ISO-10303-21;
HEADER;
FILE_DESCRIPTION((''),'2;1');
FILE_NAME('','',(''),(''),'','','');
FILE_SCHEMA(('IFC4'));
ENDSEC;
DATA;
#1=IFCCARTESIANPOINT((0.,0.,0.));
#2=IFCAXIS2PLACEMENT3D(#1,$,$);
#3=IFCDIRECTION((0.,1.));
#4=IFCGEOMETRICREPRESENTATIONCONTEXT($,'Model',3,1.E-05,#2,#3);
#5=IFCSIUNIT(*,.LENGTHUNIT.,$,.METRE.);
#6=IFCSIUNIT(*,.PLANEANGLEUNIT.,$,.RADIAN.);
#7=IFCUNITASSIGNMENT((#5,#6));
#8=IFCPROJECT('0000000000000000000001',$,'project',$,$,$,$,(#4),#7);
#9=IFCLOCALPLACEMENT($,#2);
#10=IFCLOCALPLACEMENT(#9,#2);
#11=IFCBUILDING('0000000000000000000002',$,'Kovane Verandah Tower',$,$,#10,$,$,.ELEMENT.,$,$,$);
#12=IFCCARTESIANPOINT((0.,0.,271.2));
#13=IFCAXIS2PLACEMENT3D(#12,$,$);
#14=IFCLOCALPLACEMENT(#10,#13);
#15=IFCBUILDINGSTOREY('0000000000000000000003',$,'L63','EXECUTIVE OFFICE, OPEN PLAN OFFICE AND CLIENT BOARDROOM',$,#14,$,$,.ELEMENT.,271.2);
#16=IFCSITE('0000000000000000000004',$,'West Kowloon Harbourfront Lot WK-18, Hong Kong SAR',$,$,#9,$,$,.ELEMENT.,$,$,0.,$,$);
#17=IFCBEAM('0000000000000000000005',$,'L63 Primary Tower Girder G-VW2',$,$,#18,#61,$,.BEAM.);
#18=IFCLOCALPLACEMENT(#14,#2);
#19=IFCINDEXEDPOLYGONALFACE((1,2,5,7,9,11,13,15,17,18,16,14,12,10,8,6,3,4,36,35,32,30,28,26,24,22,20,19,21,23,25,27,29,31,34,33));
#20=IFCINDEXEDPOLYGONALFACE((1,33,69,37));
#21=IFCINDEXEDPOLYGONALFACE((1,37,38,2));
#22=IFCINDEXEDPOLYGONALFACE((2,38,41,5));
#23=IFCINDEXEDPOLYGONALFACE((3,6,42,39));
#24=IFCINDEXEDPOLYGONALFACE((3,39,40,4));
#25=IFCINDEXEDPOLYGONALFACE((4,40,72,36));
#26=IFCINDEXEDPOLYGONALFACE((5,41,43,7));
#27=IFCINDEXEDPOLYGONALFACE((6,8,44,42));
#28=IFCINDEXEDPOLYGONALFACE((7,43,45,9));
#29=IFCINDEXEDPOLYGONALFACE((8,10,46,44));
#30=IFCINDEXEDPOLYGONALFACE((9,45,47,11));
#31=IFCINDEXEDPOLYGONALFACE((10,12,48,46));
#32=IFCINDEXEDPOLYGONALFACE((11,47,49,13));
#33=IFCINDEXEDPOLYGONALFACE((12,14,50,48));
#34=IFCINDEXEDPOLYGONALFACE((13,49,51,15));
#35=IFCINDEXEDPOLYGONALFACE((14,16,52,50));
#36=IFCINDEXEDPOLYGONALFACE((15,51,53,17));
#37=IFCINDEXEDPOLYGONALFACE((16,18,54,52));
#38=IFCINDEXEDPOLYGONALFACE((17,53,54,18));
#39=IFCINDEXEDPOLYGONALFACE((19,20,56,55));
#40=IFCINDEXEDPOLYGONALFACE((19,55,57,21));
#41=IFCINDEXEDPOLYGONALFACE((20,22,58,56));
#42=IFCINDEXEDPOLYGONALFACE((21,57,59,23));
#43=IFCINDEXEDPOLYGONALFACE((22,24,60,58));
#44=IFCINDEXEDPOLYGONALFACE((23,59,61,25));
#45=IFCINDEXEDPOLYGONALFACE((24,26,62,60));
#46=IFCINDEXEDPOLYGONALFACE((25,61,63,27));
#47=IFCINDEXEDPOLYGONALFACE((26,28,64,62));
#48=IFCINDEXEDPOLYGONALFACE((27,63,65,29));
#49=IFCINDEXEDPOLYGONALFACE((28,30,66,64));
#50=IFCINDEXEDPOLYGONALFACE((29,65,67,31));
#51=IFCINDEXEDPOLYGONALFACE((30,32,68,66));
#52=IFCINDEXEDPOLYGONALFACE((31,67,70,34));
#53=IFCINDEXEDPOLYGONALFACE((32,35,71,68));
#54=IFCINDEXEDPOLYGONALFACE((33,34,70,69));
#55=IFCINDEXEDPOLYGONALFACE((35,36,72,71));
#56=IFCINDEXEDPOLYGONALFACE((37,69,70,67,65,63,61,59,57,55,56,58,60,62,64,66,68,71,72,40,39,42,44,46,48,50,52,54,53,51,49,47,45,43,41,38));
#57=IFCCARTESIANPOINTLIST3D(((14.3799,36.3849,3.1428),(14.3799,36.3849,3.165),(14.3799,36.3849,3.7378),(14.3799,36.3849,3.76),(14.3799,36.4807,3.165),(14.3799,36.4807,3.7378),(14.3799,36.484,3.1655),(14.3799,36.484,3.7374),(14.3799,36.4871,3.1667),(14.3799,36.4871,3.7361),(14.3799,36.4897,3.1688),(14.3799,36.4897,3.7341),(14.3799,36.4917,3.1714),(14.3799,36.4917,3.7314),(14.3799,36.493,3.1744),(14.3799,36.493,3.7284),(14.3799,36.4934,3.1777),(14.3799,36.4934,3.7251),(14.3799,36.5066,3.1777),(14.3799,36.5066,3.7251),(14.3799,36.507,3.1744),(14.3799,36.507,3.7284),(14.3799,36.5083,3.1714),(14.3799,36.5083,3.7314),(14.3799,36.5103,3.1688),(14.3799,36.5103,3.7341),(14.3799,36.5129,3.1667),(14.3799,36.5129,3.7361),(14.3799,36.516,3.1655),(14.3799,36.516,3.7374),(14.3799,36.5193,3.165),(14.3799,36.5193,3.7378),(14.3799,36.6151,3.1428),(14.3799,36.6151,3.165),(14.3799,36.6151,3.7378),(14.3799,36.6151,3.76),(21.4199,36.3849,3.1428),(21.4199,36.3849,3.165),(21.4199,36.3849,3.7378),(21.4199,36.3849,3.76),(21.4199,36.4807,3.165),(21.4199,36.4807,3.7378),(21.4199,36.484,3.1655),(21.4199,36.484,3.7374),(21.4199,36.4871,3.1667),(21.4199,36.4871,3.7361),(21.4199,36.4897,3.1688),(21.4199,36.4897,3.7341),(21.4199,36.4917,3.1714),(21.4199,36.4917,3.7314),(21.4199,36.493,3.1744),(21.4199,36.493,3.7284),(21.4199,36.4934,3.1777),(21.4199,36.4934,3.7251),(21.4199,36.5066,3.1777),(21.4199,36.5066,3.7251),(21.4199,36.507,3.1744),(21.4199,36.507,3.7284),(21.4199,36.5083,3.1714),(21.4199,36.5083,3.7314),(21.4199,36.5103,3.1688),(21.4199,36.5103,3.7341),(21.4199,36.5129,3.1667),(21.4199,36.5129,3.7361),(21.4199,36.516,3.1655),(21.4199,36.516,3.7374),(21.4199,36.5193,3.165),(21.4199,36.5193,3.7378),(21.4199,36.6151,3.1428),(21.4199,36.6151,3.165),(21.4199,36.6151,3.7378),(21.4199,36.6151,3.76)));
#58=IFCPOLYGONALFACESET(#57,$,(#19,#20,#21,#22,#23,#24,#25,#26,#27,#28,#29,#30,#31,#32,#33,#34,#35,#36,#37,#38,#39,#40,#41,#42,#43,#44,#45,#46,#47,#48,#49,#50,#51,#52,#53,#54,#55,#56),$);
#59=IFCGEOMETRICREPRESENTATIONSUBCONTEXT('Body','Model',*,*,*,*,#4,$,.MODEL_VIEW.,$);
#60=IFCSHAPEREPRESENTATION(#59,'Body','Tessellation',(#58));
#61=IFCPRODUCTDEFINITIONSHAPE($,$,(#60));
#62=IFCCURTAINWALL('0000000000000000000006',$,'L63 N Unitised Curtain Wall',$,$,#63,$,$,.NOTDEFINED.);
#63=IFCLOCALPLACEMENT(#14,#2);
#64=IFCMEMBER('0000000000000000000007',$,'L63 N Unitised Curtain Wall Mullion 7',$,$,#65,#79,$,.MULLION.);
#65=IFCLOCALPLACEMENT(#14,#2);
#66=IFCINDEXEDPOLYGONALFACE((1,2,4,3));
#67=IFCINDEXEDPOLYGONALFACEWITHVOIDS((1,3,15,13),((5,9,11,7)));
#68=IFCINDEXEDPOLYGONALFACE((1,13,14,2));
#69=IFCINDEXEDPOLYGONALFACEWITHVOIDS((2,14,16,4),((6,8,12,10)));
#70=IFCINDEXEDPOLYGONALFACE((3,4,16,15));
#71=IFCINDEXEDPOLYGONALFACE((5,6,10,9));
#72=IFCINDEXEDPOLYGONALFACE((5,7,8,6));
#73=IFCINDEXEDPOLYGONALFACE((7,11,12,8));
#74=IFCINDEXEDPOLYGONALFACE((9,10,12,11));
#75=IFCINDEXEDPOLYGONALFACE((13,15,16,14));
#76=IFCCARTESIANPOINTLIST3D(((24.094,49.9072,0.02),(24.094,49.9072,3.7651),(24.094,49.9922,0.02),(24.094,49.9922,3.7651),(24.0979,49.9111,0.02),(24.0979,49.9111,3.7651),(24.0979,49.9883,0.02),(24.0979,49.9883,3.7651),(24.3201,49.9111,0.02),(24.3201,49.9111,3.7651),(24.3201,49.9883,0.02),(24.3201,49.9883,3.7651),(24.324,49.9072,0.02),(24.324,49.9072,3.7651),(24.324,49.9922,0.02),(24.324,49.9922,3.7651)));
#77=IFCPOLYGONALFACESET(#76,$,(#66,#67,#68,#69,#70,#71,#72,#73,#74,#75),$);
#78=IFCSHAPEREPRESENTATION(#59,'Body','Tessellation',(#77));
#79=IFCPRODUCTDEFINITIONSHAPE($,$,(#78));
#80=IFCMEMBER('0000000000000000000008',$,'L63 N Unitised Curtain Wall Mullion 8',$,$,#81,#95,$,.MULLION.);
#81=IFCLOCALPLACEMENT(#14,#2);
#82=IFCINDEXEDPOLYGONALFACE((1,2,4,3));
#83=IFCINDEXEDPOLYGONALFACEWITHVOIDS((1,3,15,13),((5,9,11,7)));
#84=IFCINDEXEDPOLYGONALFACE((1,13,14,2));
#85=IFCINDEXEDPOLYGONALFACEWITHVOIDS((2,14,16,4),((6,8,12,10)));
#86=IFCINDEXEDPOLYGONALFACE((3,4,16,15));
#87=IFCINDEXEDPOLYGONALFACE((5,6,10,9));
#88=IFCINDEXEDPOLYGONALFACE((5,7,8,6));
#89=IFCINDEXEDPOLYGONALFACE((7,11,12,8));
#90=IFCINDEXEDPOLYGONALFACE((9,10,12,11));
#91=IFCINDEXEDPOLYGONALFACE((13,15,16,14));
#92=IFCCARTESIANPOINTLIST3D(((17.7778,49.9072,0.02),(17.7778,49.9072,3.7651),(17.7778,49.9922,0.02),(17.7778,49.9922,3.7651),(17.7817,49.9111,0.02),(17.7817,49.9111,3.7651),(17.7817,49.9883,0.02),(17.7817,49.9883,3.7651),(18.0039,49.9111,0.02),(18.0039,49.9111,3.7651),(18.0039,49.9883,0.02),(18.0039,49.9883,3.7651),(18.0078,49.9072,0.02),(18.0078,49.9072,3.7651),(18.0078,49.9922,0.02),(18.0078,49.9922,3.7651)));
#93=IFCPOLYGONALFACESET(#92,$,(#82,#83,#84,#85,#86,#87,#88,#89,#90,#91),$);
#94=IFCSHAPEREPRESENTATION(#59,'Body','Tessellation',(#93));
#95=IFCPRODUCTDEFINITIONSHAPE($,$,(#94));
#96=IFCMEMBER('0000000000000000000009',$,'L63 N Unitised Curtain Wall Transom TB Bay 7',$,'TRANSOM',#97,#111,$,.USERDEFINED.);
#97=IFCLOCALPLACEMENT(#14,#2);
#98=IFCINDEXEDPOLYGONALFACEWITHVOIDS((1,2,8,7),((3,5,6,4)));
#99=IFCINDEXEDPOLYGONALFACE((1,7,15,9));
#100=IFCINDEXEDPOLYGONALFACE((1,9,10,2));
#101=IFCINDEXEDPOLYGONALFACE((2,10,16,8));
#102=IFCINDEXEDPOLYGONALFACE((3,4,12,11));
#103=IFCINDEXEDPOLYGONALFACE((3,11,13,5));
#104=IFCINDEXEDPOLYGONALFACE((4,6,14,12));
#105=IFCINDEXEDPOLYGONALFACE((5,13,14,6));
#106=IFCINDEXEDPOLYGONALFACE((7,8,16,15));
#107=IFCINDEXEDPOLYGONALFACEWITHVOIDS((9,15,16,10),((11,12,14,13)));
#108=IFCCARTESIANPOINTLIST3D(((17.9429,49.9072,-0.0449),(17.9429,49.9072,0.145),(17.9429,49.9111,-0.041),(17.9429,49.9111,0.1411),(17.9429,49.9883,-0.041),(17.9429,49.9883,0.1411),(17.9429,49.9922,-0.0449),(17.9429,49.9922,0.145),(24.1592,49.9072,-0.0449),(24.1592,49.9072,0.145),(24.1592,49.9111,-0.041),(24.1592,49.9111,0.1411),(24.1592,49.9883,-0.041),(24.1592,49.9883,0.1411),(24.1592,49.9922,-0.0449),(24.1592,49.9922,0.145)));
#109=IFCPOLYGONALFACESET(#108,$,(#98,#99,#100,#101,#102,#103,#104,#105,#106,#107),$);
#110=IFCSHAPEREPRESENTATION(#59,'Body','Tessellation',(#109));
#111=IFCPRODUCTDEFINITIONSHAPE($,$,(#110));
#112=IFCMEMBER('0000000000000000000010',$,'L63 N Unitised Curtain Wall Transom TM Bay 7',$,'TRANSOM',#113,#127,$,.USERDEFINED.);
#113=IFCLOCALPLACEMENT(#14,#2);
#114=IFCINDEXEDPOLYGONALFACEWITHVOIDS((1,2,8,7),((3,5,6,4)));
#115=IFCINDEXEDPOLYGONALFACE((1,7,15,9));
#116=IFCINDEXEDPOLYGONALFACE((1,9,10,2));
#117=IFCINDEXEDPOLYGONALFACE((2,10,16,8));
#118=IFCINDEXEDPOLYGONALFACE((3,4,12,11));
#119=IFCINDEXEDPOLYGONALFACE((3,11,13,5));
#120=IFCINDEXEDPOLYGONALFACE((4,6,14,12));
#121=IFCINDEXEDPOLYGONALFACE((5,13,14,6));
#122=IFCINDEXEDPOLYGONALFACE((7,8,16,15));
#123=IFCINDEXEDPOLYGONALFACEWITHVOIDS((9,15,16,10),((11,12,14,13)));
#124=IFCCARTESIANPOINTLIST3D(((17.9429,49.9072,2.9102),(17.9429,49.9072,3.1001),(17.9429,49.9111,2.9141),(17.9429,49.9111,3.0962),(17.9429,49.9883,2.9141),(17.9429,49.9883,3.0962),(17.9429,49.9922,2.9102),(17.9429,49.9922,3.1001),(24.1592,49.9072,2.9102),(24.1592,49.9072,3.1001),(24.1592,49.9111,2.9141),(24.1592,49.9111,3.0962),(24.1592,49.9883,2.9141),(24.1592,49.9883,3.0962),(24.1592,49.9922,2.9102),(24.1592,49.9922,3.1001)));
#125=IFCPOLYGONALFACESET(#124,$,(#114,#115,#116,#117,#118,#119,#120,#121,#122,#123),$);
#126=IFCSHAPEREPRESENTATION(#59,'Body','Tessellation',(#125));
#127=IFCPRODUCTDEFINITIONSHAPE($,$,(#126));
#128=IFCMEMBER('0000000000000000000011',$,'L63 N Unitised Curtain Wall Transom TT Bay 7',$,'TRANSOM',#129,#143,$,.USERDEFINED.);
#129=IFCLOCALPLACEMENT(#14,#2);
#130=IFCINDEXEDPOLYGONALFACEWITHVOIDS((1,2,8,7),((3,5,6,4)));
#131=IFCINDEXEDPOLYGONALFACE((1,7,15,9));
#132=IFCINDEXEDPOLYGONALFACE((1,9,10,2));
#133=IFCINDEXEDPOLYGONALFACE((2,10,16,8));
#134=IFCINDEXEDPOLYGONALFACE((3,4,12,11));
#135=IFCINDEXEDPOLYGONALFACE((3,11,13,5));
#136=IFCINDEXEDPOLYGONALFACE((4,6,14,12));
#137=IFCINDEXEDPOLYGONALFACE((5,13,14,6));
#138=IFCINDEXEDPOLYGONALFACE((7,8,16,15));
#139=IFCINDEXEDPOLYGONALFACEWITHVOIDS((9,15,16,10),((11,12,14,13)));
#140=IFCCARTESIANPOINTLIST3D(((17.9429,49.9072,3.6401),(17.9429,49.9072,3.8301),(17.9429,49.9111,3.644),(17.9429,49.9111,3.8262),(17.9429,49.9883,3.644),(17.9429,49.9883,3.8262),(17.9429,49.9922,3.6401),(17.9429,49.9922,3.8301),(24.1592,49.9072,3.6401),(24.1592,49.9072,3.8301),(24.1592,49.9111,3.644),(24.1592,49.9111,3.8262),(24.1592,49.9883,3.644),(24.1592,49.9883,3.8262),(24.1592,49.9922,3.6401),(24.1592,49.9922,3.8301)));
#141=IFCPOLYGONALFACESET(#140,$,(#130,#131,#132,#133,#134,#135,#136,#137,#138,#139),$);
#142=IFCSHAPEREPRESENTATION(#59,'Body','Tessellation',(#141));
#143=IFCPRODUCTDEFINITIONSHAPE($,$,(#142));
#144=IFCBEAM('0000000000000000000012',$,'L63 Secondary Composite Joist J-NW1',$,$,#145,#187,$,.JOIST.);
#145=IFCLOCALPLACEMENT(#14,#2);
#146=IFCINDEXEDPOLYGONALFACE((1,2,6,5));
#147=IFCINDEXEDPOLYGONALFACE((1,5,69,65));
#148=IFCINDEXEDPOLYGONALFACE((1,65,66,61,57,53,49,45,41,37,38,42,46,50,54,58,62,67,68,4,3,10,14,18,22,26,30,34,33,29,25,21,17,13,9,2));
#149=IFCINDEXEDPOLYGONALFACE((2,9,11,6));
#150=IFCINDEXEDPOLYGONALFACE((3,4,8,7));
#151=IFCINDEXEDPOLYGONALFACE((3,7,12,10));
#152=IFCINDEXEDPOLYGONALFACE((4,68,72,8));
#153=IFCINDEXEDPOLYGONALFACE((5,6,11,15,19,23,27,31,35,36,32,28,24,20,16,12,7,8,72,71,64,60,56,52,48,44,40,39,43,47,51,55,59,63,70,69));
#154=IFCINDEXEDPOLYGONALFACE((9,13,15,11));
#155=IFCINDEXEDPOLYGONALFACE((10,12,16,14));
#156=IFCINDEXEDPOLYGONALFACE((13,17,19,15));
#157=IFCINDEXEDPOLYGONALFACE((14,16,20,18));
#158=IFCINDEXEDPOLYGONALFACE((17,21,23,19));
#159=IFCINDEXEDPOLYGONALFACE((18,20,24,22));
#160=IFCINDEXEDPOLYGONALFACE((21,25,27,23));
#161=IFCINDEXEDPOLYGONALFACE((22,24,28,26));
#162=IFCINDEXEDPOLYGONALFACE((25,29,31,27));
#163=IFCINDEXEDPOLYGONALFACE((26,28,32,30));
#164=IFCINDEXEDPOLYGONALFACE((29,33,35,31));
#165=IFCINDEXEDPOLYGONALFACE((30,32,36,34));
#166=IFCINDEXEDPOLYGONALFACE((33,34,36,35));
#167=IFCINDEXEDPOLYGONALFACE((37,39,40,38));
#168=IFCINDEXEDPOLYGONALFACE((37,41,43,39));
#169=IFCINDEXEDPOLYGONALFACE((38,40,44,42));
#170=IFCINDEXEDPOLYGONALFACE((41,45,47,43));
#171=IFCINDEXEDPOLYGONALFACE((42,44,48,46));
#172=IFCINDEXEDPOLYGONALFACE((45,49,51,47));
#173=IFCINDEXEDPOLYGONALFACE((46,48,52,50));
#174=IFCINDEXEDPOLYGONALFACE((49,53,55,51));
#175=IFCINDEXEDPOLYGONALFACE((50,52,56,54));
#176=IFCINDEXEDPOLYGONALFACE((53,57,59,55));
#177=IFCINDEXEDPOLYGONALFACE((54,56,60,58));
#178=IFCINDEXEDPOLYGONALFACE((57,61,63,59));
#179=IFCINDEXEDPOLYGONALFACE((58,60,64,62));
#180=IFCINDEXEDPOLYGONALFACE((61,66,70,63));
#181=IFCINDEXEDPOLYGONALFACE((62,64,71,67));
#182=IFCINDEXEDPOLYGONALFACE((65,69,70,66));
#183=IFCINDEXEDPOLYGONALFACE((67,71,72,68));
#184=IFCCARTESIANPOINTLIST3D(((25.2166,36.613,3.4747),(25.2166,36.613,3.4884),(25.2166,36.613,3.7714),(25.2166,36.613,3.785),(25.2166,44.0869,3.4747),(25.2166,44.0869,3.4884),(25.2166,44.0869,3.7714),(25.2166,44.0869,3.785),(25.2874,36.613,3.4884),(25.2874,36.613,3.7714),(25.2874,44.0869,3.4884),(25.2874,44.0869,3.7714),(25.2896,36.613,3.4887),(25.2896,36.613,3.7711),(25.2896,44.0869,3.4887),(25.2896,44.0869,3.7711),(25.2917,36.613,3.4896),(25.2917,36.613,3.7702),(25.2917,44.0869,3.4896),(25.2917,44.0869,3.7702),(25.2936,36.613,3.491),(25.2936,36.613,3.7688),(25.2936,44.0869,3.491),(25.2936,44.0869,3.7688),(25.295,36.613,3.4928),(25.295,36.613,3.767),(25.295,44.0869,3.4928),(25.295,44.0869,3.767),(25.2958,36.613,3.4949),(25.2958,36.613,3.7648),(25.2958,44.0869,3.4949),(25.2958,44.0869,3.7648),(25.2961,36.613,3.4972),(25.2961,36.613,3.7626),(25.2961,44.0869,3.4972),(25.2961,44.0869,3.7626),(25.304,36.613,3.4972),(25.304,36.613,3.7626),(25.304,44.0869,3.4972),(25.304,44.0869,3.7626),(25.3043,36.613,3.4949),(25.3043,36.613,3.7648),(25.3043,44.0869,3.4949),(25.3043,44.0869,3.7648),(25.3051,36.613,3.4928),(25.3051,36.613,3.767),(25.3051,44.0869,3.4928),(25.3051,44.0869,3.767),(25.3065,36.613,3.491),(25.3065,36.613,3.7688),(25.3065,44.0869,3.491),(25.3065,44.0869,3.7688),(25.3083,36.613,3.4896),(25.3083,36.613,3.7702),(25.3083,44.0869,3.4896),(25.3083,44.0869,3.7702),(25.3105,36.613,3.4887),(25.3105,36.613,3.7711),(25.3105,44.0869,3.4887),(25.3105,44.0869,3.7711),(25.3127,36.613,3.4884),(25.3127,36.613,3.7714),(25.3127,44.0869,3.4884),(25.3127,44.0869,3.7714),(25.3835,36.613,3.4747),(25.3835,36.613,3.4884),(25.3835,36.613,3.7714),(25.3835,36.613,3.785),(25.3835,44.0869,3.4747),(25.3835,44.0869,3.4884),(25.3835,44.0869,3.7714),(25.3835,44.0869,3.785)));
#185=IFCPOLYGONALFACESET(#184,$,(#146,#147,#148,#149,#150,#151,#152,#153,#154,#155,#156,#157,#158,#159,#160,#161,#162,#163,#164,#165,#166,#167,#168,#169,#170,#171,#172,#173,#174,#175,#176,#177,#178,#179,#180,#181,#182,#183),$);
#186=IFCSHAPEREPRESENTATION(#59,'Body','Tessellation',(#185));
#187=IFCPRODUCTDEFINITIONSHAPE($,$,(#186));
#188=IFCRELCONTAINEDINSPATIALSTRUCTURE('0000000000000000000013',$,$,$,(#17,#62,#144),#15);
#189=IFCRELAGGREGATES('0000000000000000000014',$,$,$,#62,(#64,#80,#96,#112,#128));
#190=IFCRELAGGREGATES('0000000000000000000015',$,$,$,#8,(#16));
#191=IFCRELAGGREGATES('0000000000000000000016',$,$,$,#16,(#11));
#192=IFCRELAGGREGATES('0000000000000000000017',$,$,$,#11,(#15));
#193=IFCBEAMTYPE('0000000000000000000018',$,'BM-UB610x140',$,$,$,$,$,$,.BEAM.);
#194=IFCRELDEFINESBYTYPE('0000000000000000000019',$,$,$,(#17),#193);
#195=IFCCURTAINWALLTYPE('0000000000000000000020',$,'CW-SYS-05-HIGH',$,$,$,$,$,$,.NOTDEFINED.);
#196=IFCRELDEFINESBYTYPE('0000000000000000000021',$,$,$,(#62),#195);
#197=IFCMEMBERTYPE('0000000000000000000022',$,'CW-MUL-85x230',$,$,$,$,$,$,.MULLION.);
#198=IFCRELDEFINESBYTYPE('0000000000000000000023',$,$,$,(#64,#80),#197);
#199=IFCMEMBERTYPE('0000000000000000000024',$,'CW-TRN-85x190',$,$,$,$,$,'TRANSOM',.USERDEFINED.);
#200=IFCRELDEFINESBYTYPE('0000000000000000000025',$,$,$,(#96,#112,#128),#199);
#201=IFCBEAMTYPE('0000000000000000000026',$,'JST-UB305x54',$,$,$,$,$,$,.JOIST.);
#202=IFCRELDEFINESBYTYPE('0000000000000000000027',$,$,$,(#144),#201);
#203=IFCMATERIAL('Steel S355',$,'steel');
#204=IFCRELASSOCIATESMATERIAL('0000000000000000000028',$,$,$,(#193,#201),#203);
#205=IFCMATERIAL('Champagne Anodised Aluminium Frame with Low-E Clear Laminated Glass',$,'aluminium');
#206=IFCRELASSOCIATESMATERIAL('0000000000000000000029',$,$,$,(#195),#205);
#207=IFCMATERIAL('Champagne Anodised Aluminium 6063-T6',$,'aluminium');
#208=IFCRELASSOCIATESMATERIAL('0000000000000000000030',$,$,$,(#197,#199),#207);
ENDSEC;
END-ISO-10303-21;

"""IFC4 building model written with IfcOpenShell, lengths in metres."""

from ifc_helpers import new_model, si_unit, direction, frame, origin, origin_2d, place, context, subcontext, project, spatial, hollow_rectangle, i_section, extrude, material, material_profile, profile_set, type_object, element, aggregate, save


model = new_model("IFC4")

# Units and contexts
model_context = context("Model", 3, precision=1e-05, world=origin(), true_north=direction((0.0, 1.0)))
body_context = subcontext(model_context, "Body", "Model", "MODEL_VIEW")
ifc_project = project(units=[si_unit("LENGTHUNIT", "METRE"), si_unit("PLANEANGLEUNIT", "RADIAN")], contexts=[model_context])

# Site, building, storey
site_placement = place(None, origin())
site = spatial("IfcSite", under=ifc_project, at=site_placement, Name="West Kowloon Harbourfront Lot WK-18, Hong Kong SAR", CompositionType="ELEMENT", RefElevation=0.0)
building_placement = place(site_placement, origin())
building = spatial("IfcBuilding", under=site, at=building_placement, Name="Kovane Verandah Tower", CompositionType="ELEMENT")
storey_placement = place(building_placement, frame((0.0, 0.0, 271.2)))
storey = spatial("IfcBuildingStorey", under=building, at=storey_placement, Name="L63", Description="EXECUTIVE OFFICE, OPEN PLAN OFFICE AND CLIENT BOARDROOM", CompositionType="ELEMENT", Elevation=271.2)

# Beam
ifc_material_1 = material(Name="Steel S355", Category="steel")
ifc_material_profile_1 = material_profile(ifc_material_1, i_section(OverallWidth=0.2302, OverallDepth=0.6172, WebThickness=0.0132, FlangeThickness=0.0222, FilletRadius=0.0127, at=origin_2d()), Name="UB610x229x140")
ifc_profile_set_1 = profile_set([ifc_material_profile_1], Name="Steel S355")
beam_type_1 = type_object("IfcBeamType", Name="BM-UB610x140", PredefinedType="BEAM", material=ifc_profile_set_1)
beam_1_placement = place(storey_placement, frame((21.4199, 36.5, 3.4514), z_axis=(-1.0, 0.0, 0.0), x_axis=(0.0, -1.0, 0.0)))
element("IfcBeam", 1, at=beam_1_placement, inside=storey, type_object=beam_type_1, Name="L63 Primary Tower Girder G-VW2", PredefinedType="BEAM", context=body_context, shape_type="SweptSolid", body=[
    extrude(i_section(OverallWidth=0.2302, OverallDepth=0.6172, WebThickness=0.0132, FlangeThickness=0.0222, FilletRadius=0.0127, at=origin_2d()), origin(), (0.0, 0.0, 1.0), 7.04),
])

# Curtain wall, members
ifc_material_2 = material(Name="Champagne Anodised Aluminium Frame with Low-E Clear Laminated Glass", Category="aluminium")
curtain_wall_type = type_object("IfcCurtainWallType", Name="CW-SYS-05-HIGH", PredefinedType="NOTDEFINED", material=ifc_material_2)
curtain_wall_placement = place(storey_placement, origin())
curtain_wall = element("IfcCurtainWall", 2, at=curtain_wall_placement, inside=storey, type_object=curtain_wall_type, Name="L63 N Unitised Curtain Wall", PredefinedType="NOTDEFINED")
ifc_material_3 = material(Name="Champagne Anodised Aluminium 6063-T6", Category="aluminium")
ifc_material_profile_2 = material_profile(ifc_material_3, hollow_rectangle(XDim=0.085, YDim=0.23, WallThickness=0.0039, at=origin_2d()), Name="AL85x230x4")
ifc_profile_set_2 = profile_set([ifc_material_profile_2], Name="Champagne Anodised Aluminium 6063-T6")
member_type_1 = type_object("IfcMemberType", Name="CW-MUL-85x230", PredefinedType="MULLION", material=ifc_profile_set_2)
member_1_placement = place(storey_placement, frame((24.209, 49.9497, 0.02), z_axis=(0.0, 0.0, 1.0), x_axis=(0.0, 1.0, 0.0)))
member_1 = element("IfcMember", 3, at=member_1_placement, type_object=member_type_1, Name="L63 N Unitised Curtain Wall Mullion 7", PredefinedType="MULLION", context=body_context, shape_type="SweptSolid", body=[
    extrude(hollow_rectangle(XDim=0.085, YDim=0.23, WallThickness=0.0039, at=origin_2d()), origin(), (0.0, 0.0, 1.0), 3.7451),
])
member_2_placement = place(storey_placement, frame((17.8928, 49.9497, 0.02), z_axis=(0.0, 0.0, 1.0), x_axis=(0.0, 1.0, 0.0)))
member_2 = element("IfcMember", 4, at=member_2_placement, type_object=member_type_1, Name="L63 N Unitised Curtain Wall Mullion 8", PredefinedType="MULLION", context=body_context, shape_type="SweptSolid", body=[
    extrude(hollow_rectangle(XDim=0.085, YDim=0.23, WallThickness=0.0039, at=origin_2d()), origin(), (0.0, 0.0, 1.0), 3.7451),
])
ifc_material_profile_3 = material_profile(ifc_material_3, hollow_rectangle(XDim=0.085, YDim=0.1899, WallThickness=0.0039, at=origin_2d()), Name="AL85x190x4")
ifc_profile_set_3 = profile_set([ifc_material_profile_3], Name="Champagne Anodised Aluminium 6063-T6")
member_type_2 = type_object("IfcMemberType", Name="CW-TRN-85x190", ElementType="TRANSOM", PredefinedType="USERDEFINED", material=ifc_profile_set_3)
member_3_placement = place(storey_placement, frame((24.1592, 49.9497, 0.05), z_axis=(-1.0, 0.0, 0.0), x_axis=(0.0, -1.0, 0.0)))
member_3 = element("IfcMember", 5, at=member_3_placement, type_object=member_type_2, Name="L63 N Unitised Curtain Wall Transom TB Bay 7", ObjectType="TRANSOM", PredefinedType="USERDEFINED", context=body_context, shape_type="SweptSolid", body=[
    extrude(hollow_rectangle(XDim=0.085, YDim=0.1899, WallThickness=0.0039, at=origin_2d()), origin(), (0.0, 0.0, 1.0), 6.2163),
])
member_4_placement = place(storey_placement, frame((24.1592, 49.9497, 3.0051), z_axis=(-1.0, 0.0, 0.0), x_axis=(0.0, -1.0, 0.0)))
member_4 = element("IfcMember", 6, at=member_4_placement, type_object=member_type_2, Name="L63 N Unitised Curtain Wall Transom TM Bay 7", ObjectType="TRANSOM", PredefinedType="USERDEFINED", context=body_context, shape_type="SweptSolid", body=[
    extrude(hollow_rectangle(XDim=0.085, YDim=0.1899, WallThickness=0.0039, at=origin_2d()), origin(), (0.0, 0.0, 1.0), 6.2163),
])
member_5_placement = place(storey_placement, frame((24.1592, 49.9497, 3.7351), z_axis=(-1.0, 0.0, 0.0), x_axis=(0.0, -1.0, 0.0)))
member_5 = element("IfcMember", 7, at=member_5_placement, type_object=member_type_2, Name="L63 N Unitised Curtain Wall Transom TT Bay 7", ObjectType="TRANSOM", PredefinedType="USERDEFINED", context=body_context, shape_type="SweptSolid", body=[
    extrude(hollow_rectangle(XDim=0.085, YDim=0.1899, WallThickness=0.0039, at=origin_2d()), origin(), (0.0, 0.0, 1.0), 6.2163),
])

# Beam
ifc_material_profile_4 = material_profile(ifc_material_1, i_section(OverallWidth=0.167, OverallDepth=0.3103, WebThickness=0.0078, FlangeThickness=0.0137, FilletRadius=0.0088, at=origin_2d()), Name="UB305x165x54")
ifc_profile_set_4 = profile_set([ifc_material_profile_4], Name="Steel S355")
beam_type_2 = type_object("IfcBeamType", Name="JST-UB305x54", PredefinedType="JOIST", material=ifc_profile_set_4)
beam_2_placement = place(storey_placement, frame((25.3, 36.613, 3.6299), z_axis=(0.0, 1.0, 0.0), x_axis=(-1.0, 0.0, 0.0)))
element("IfcBeam", 8, at=beam_2_placement, inside=storey, type_object=beam_type_2, Name="L63 Secondary Composite Joist J-NW1", PredefinedType="JOIST", context=body_context, shape_type="SweptSolid", body=[
    extrude(i_section(OverallWidth=0.167, OverallDepth=0.3103, WebThickness=0.0078, FlangeThickness=0.0137, FilletRadius=0.0088, at=origin_2d()), origin(), (0.0, 0.0, 1.0), 7.4739),
])

aggregate(curtain_wall, [member_1, member_2, member_3, member_4, member_5])

save(model, "model.ifc")
